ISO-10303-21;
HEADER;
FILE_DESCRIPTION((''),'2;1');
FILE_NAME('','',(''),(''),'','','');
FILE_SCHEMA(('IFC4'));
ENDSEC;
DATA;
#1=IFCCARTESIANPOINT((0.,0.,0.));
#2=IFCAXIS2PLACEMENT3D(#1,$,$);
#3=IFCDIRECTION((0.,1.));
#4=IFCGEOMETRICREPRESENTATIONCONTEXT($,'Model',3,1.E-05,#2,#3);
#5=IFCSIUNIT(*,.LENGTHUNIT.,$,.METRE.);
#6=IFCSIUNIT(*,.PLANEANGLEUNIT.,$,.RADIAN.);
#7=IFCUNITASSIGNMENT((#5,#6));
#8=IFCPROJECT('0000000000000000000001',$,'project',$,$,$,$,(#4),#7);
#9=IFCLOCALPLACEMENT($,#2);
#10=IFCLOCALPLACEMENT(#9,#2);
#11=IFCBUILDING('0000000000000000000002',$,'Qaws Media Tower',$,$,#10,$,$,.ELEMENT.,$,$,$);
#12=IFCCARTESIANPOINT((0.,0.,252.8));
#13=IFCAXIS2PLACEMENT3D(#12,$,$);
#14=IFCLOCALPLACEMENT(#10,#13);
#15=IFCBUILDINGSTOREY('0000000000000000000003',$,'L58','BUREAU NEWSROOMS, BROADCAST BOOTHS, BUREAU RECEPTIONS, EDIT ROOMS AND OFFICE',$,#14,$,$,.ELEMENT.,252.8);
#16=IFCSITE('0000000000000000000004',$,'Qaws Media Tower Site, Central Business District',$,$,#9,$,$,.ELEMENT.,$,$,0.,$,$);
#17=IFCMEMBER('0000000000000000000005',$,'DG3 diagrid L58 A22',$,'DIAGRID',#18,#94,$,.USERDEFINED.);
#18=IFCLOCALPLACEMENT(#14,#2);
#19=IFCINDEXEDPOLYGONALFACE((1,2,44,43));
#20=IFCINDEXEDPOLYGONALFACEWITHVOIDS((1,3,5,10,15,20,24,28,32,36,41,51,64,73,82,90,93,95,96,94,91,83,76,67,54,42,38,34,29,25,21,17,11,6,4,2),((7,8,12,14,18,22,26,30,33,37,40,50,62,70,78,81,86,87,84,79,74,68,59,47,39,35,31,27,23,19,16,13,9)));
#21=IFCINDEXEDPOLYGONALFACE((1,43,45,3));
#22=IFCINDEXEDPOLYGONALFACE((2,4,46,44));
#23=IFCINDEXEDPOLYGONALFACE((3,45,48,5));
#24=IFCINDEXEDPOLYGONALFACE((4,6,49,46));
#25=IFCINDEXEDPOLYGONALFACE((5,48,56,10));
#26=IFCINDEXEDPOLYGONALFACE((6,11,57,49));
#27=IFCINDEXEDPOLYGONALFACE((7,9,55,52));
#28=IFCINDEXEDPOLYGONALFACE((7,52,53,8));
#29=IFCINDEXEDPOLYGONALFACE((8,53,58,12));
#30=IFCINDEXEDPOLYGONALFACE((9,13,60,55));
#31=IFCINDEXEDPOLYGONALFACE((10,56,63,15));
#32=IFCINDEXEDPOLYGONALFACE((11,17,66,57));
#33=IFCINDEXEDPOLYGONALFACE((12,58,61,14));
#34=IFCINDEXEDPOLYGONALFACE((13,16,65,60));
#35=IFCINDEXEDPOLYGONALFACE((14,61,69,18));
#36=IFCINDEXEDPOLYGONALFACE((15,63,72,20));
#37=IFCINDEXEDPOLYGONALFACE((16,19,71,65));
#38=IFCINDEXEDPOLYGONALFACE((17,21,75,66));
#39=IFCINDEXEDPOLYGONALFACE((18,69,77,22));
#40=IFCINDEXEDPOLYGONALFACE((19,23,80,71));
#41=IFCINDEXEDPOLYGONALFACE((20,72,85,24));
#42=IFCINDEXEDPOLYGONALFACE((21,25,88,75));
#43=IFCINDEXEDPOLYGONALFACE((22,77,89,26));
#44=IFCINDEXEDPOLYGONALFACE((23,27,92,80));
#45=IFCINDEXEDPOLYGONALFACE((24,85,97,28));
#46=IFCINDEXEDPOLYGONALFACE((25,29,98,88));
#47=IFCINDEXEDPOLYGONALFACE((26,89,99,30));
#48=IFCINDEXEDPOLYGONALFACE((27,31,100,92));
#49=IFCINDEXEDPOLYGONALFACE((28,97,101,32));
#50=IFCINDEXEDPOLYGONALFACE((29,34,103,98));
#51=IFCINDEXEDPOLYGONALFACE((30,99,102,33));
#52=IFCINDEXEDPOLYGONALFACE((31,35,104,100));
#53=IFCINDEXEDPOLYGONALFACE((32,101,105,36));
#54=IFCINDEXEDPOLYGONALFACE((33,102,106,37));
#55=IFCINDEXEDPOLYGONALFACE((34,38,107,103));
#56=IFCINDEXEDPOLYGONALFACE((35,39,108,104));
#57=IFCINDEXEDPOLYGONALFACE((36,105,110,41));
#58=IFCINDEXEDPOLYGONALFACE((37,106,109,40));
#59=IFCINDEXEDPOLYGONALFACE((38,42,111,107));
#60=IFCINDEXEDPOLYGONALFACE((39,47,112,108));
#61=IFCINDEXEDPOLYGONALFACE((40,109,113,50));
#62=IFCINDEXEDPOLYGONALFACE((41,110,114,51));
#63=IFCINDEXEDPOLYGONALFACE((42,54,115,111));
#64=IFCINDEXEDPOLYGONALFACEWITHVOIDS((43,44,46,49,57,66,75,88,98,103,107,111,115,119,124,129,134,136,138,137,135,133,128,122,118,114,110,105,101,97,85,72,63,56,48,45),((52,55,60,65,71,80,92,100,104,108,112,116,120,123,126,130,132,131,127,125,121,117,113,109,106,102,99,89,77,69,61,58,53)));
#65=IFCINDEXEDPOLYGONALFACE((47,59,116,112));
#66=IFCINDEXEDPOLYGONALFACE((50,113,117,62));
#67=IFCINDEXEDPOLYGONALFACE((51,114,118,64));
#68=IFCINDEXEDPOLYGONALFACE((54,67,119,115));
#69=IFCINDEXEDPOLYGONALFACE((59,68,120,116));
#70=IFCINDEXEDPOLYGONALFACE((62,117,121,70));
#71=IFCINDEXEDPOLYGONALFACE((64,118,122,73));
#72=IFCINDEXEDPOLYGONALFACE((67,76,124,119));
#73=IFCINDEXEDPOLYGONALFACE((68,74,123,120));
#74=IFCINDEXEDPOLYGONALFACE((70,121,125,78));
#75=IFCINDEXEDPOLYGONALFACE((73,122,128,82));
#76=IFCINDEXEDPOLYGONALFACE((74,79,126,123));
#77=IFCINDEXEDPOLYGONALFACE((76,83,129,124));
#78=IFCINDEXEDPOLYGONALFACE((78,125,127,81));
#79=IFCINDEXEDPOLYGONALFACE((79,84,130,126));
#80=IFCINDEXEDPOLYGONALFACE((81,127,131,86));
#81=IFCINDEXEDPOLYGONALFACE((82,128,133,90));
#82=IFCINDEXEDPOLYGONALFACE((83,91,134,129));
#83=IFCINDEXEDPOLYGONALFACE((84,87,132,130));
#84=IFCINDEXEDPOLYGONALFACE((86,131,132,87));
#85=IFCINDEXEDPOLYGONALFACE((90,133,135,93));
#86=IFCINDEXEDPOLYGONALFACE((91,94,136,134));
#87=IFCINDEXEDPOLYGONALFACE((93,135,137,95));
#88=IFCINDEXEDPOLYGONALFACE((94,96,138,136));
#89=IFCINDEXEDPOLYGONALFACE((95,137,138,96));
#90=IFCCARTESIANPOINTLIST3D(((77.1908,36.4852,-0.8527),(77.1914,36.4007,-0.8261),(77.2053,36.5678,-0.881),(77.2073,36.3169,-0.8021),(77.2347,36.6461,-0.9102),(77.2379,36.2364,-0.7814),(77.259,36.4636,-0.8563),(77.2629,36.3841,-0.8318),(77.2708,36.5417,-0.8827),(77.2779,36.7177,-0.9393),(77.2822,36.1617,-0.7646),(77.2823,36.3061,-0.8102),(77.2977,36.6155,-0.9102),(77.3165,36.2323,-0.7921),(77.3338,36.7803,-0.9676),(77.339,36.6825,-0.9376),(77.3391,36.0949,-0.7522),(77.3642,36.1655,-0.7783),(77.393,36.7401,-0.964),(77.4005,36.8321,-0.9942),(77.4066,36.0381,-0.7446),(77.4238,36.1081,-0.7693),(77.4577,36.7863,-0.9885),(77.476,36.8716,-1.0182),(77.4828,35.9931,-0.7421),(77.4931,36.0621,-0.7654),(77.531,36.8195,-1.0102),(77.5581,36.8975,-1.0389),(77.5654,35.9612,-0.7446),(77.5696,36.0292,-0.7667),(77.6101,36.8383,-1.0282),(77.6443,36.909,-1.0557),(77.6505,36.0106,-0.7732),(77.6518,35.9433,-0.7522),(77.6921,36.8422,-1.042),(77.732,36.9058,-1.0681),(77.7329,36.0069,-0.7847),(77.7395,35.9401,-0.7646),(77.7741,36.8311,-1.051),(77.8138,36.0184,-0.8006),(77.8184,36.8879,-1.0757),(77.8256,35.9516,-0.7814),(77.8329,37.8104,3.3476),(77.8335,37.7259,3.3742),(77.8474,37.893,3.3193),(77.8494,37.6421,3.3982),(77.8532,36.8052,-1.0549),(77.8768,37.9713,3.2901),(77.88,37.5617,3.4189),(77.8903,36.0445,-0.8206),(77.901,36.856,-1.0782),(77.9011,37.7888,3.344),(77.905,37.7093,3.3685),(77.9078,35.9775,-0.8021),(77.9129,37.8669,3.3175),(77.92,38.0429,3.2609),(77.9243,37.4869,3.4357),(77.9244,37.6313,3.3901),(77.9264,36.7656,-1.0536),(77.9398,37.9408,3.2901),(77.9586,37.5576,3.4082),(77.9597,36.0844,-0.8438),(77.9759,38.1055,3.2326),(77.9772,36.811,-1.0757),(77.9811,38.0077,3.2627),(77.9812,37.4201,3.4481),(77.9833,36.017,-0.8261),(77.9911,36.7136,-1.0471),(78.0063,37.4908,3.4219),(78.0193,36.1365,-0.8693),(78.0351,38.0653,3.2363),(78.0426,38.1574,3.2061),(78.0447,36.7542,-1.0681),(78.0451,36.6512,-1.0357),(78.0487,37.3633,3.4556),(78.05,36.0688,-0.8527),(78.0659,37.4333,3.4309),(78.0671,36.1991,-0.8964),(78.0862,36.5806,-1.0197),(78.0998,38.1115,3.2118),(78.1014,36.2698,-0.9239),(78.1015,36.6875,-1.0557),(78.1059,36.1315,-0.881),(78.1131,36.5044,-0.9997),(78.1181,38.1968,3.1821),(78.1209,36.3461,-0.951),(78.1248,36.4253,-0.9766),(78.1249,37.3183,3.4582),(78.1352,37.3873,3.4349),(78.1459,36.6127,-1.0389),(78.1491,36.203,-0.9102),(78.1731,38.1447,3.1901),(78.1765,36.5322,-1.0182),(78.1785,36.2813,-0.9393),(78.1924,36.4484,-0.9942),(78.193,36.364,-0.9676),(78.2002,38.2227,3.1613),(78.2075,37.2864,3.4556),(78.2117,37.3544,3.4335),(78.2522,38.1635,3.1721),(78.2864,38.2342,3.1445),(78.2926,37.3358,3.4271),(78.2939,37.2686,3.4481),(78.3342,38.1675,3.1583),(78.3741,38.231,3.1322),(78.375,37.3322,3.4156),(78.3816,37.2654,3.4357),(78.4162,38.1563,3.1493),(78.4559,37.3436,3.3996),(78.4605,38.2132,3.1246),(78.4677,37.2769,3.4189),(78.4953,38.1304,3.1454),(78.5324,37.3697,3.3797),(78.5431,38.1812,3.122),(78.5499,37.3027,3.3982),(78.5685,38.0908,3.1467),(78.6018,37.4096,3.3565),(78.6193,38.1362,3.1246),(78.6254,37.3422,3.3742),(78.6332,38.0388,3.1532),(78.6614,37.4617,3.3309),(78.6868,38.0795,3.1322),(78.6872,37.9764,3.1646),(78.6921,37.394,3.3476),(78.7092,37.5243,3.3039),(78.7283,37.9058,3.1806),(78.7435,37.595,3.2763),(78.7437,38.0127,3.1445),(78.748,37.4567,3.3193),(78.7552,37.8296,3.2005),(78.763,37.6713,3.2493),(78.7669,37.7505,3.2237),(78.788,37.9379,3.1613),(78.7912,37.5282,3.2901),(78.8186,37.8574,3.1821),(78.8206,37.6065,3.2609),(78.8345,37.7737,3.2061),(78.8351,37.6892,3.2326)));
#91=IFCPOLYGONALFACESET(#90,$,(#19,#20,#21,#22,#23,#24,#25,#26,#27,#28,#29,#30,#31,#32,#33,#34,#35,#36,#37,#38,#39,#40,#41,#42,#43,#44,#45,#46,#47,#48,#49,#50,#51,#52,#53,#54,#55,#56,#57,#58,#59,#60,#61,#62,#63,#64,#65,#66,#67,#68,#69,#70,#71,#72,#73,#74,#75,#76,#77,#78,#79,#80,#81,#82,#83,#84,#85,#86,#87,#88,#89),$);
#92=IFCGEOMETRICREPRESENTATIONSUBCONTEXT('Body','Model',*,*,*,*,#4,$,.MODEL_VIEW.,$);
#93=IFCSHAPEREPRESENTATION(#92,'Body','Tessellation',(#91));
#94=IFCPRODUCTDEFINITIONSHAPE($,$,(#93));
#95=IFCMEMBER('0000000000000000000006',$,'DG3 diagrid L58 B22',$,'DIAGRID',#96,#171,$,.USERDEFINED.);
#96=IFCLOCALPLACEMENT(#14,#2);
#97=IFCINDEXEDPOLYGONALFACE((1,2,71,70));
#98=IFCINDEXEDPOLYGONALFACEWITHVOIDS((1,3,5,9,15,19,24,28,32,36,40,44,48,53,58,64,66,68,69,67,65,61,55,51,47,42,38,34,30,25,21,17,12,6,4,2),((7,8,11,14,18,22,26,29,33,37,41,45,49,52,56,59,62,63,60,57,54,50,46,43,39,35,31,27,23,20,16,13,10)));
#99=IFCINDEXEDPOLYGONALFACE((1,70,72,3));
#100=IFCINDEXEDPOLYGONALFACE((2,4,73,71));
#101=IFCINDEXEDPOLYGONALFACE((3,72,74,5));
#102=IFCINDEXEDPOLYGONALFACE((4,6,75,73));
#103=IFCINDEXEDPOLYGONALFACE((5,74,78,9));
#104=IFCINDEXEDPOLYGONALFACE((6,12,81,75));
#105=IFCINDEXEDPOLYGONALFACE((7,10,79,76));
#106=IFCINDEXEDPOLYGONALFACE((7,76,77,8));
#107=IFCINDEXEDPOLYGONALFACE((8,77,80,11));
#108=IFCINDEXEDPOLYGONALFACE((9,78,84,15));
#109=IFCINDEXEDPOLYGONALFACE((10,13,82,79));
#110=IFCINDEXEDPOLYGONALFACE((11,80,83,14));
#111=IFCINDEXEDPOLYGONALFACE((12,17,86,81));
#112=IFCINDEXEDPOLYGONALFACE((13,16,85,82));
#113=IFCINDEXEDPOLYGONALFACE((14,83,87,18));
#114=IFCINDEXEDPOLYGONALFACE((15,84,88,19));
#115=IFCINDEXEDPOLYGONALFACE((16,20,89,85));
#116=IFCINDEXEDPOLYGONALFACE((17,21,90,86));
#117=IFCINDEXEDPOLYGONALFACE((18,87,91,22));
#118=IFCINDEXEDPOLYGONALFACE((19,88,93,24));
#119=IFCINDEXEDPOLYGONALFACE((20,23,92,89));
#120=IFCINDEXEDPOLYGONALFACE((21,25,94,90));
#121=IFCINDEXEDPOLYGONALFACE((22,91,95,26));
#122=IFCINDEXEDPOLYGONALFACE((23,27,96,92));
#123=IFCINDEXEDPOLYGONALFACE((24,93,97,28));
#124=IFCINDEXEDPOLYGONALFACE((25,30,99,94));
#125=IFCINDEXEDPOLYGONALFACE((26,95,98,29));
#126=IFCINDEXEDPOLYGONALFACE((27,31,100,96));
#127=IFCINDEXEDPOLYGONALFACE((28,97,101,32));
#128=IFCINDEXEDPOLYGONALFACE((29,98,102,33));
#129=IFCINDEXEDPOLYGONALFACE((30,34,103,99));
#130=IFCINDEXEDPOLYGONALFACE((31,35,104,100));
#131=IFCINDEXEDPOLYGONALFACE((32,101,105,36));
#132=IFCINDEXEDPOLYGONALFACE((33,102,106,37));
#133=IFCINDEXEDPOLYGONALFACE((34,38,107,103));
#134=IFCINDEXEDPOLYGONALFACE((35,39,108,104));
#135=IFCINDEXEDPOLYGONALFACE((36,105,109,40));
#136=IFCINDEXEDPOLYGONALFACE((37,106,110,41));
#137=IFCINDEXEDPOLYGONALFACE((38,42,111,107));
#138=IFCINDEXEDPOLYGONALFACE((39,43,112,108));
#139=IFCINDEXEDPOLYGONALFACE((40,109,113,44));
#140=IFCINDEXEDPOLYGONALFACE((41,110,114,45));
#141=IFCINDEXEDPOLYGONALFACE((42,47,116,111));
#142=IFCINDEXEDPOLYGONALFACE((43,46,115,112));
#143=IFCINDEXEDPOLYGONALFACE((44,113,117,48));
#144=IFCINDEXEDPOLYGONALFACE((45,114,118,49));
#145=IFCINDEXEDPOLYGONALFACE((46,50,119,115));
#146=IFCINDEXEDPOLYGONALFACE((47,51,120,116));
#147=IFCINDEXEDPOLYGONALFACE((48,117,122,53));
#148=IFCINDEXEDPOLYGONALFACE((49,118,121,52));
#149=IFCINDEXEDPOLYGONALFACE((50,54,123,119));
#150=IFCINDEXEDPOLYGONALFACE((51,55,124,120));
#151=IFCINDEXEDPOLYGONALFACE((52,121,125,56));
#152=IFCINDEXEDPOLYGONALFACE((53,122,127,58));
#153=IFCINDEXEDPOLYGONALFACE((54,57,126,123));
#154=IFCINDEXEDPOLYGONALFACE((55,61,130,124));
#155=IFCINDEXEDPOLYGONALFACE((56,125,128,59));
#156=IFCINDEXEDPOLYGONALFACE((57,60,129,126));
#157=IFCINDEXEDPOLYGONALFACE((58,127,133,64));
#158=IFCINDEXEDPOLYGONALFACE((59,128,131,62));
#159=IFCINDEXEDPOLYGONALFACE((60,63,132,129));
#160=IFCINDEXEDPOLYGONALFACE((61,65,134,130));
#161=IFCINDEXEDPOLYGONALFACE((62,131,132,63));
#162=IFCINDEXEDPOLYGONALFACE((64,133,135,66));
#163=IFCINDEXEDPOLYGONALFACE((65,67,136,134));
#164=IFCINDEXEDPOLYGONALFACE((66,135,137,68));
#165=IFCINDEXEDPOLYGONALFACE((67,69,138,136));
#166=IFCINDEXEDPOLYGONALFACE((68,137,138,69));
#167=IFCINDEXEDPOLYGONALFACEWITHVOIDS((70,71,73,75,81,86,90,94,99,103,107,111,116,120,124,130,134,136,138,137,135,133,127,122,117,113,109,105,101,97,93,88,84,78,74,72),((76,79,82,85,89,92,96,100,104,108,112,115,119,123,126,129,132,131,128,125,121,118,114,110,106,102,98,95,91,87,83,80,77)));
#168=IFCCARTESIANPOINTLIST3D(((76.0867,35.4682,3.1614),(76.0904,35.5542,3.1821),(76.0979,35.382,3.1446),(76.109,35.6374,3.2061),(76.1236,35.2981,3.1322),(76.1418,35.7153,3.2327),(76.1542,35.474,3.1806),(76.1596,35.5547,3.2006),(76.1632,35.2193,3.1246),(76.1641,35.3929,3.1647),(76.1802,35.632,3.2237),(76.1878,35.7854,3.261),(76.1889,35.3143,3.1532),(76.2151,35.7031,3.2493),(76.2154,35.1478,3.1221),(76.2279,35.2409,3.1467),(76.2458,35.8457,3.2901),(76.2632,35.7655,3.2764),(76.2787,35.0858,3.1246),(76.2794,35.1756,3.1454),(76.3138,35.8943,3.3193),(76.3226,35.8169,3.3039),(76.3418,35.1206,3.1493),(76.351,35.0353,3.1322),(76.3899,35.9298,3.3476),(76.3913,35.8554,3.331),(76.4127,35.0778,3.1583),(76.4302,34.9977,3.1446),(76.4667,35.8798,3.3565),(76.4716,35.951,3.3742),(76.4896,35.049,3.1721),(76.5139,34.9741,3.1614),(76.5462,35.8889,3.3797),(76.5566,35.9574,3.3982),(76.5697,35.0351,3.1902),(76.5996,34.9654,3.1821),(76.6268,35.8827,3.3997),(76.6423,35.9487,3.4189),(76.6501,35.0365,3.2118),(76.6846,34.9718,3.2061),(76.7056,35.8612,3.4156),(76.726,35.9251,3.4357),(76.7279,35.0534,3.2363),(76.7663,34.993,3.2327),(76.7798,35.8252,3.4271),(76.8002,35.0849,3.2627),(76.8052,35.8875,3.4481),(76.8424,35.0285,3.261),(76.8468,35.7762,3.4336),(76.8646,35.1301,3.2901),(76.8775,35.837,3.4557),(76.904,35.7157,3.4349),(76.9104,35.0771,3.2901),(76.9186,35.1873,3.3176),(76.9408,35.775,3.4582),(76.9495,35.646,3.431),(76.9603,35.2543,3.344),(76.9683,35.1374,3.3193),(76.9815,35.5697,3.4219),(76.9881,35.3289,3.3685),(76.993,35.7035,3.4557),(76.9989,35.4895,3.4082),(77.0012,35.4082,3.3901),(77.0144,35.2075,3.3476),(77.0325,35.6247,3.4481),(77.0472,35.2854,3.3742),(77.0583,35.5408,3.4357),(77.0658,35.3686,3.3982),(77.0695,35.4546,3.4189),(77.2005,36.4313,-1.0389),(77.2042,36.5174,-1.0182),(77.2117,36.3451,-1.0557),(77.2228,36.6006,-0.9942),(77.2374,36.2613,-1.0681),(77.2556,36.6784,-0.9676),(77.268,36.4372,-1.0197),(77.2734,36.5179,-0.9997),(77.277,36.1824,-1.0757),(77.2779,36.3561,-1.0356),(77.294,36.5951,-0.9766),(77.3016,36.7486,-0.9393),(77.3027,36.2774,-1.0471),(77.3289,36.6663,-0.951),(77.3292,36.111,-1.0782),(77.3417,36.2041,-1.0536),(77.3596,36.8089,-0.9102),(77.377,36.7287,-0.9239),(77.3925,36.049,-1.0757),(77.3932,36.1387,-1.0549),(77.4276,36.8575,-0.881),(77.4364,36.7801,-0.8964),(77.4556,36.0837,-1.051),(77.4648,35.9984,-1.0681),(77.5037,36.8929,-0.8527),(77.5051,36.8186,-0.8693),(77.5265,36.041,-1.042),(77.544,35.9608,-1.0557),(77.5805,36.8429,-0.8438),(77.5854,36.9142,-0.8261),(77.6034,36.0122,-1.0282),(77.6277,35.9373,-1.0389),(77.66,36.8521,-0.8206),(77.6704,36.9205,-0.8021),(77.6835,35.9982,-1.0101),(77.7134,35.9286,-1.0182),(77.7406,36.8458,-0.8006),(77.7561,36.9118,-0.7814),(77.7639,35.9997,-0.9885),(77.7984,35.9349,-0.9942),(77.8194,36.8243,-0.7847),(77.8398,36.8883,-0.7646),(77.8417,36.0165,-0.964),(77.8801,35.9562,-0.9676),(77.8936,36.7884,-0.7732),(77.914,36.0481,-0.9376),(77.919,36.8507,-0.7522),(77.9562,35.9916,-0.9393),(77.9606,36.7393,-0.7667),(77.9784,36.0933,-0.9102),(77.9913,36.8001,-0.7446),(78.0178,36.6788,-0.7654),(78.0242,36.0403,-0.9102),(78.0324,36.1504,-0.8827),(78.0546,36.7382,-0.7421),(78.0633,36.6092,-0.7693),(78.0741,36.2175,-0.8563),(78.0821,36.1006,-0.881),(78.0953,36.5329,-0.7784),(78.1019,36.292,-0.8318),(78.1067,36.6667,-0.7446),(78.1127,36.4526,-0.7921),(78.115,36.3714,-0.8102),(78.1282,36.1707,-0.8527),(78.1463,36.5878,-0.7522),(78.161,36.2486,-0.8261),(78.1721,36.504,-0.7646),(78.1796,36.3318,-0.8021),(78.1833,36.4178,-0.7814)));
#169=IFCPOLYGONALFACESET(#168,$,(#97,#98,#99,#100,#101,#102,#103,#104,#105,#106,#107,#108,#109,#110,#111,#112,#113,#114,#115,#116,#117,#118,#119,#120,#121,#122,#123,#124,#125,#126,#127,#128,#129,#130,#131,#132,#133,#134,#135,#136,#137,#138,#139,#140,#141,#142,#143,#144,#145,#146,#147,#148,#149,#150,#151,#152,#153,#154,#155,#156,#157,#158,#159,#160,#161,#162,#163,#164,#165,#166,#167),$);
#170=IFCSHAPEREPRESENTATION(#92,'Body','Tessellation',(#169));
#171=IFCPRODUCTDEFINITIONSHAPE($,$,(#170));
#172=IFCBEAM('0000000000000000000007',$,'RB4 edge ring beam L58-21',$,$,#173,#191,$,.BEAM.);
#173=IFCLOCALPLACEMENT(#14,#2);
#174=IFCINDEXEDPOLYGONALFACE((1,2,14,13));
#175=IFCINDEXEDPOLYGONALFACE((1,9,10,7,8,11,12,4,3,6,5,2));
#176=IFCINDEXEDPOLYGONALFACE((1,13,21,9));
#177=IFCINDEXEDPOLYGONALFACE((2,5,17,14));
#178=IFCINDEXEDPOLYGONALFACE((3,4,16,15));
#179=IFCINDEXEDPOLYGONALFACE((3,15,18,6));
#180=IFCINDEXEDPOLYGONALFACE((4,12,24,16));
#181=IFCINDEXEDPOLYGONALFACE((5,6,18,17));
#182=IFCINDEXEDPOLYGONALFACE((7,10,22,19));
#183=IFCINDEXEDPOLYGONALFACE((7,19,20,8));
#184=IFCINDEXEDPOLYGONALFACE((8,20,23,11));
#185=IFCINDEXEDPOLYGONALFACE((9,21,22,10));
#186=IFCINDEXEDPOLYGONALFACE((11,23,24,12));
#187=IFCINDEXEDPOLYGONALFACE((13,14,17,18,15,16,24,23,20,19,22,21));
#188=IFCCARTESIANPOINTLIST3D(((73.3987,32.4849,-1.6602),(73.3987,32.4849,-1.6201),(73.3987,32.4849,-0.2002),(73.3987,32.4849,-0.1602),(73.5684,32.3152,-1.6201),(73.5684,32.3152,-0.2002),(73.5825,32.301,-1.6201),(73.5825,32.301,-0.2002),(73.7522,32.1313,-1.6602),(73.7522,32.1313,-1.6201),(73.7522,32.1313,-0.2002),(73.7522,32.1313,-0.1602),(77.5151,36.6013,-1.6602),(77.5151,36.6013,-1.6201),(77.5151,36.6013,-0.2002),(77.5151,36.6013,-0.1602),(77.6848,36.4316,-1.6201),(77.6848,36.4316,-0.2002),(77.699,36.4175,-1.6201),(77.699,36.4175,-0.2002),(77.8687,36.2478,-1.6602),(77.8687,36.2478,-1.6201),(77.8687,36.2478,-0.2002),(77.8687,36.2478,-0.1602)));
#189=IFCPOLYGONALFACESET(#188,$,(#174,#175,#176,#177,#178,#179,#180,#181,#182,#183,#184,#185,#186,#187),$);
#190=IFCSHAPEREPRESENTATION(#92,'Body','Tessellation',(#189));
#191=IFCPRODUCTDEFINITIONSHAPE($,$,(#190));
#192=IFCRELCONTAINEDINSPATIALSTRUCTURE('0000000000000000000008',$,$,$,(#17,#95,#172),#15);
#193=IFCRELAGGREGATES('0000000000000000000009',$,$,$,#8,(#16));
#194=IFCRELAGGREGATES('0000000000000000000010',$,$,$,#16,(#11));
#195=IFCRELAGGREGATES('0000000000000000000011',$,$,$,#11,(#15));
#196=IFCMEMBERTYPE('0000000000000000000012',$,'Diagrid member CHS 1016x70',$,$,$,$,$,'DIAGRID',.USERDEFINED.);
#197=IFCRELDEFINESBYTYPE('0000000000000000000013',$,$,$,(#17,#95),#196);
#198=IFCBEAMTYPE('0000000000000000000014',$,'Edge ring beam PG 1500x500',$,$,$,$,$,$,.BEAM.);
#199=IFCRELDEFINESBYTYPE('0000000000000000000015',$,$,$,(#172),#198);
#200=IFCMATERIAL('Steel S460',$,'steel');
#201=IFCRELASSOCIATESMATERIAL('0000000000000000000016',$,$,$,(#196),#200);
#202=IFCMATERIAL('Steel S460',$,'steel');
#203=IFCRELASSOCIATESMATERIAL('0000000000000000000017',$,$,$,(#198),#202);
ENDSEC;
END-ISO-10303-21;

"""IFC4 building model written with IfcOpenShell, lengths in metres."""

from ifc_helpers import new_model, si_unit, direction, frame, origin, origin_2d, place, context, subcontext, project, spatial, hollow_circle, i_section, extrude, material, material_profile, profile_set, type_object, element, save


model = new_model("IFC4")

# Units and contexts
model_context = context("Model", 3, precision=1e-05, world=origin(), true_north=direction((0.0, 1.0)))
body_context = subcontext(model_context, "Body", "Model", "MODEL_VIEW")
ifc_project = project(units=[si_unit("LENGTHUNIT", "METRE"), si_unit("PLANEANGLEUNIT", "RADIAN")], contexts=[model_context])

# Site, building, storey
site_placement = place(None, origin())
site = spatial("IfcSite", under=ifc_project, at=site_placement, Name="Qaws Media Tower Site, Central Business District", CompositionType="ELEMENT", RefElevation=0.0)
building_placement = place(site_placement, origin())
building = spatial("IfcBuilding", under=site, at=building_placement, Name="Qaws Media Tower", CompositionType="ELEMENT")
storey_placement = place(building_placement, frame((0.0, 0.0, 252.8)))
storey = spatial("IfcBuildingStorey", under=building, at=storey_placement, Name="L58", Description="BUREAU NEWSROOMS, BROADCAST BOOTHS, BUREAU RECEPTIONS, EDIT ROOMS AND OFFICE", CompositionType="ELEMENT", Elevation=252.8)

# Members
ifc_material_1 = material(Name="Steel S460", Category="steel")
ifc_material_profile_1 = material_profile(ifc_material_1, hollow_circle(Radius=0.5081, WallThickness=0.0701, at=origin_2d()), Name="CHS 1016x70")
ifc_profile_set_1 = profile_set([ifc_material_profile_1], Name="Steel S460")
member_type_1 = type_object("IfcMemberType", Name="Diagrid member CHS 1016x70", ElementType="DIAGRID", PredefinedType="USERDEFINED", material=ifc_profile_set_1)
for number, where, z_axis, x_axis, name in (
    (1, (77.6919, 36.4246, -0.9102), (0.144262, 0.29774, 0.943684), (-0.899928, 0.436038, 0.0), "DG3 diagrid L58 A22"),
    (2, (77.6919, 36.4246, -0.9102), (-0.250239, -0.216395, 0.943691), (0.654103, -0.756405, 0.0), "DG3 diagrid L58 B22"),
):
    element("IfcMember", number, at=place(storey_placement, frame(where, z_axis=z_axis, x_axis=x_axis)), inside=storey, type_object=member_type_1, Name=name, ObjectType="DIAGRID", PredefinedType="USERDEFINED", context=body_context, shape_type="SweptSolid", body=[
        extrude(hollow_circle(Radius=0.5081, WallThickness=0.0701, at=origin_2d()), origin(), (0.0, 0.0, 1.0), 4.4509),
    ])

# Beam
ifc_material_2 = material(Name="Steel S460", Category="steel")
ifc_material_profile_2 = material_profile(ifc_material_2, i_section(OverallWidth=0.5, OverallDepth=1.5, WebThickness=0.02, FlangeThickness=0.04, at=origin_2d()), Name="PG 1500x500")
ifc_profile_set_2 = profile_set([ifc_material_profile_2], Name="Steel S460")
beam_type = type_object("IfcBeamType", Name="Edge ring beam PG 1500x500", PredefinedType="BEAM", material=ifc_profile_set_2)
beam_1_placement = place(storey_placement, frame((73.5754, 32.3081, -0.9102), z_axis=(0.707107, 0.707107, 0.0), x_axis=(-0.707107, 0.707107, 0.0)))
element("IfcBeam", 3, at=beam_1_placement, inside=storey, type_object=beam_type, Name="RB4 edge ring beam L58-21", PredefinedType="BEAM", context=body_context, shape_type="SweptSolid", body=[
    extrude(i_section(OverallWidth=0.5, OverallDepth=1.5, WebThickness=0.02, FlangeThickness=0.04, at=origin_2d()), origin(), (0.0, 0.0, 1.0), 5.8215),
])

save(model, "model.ifc")
